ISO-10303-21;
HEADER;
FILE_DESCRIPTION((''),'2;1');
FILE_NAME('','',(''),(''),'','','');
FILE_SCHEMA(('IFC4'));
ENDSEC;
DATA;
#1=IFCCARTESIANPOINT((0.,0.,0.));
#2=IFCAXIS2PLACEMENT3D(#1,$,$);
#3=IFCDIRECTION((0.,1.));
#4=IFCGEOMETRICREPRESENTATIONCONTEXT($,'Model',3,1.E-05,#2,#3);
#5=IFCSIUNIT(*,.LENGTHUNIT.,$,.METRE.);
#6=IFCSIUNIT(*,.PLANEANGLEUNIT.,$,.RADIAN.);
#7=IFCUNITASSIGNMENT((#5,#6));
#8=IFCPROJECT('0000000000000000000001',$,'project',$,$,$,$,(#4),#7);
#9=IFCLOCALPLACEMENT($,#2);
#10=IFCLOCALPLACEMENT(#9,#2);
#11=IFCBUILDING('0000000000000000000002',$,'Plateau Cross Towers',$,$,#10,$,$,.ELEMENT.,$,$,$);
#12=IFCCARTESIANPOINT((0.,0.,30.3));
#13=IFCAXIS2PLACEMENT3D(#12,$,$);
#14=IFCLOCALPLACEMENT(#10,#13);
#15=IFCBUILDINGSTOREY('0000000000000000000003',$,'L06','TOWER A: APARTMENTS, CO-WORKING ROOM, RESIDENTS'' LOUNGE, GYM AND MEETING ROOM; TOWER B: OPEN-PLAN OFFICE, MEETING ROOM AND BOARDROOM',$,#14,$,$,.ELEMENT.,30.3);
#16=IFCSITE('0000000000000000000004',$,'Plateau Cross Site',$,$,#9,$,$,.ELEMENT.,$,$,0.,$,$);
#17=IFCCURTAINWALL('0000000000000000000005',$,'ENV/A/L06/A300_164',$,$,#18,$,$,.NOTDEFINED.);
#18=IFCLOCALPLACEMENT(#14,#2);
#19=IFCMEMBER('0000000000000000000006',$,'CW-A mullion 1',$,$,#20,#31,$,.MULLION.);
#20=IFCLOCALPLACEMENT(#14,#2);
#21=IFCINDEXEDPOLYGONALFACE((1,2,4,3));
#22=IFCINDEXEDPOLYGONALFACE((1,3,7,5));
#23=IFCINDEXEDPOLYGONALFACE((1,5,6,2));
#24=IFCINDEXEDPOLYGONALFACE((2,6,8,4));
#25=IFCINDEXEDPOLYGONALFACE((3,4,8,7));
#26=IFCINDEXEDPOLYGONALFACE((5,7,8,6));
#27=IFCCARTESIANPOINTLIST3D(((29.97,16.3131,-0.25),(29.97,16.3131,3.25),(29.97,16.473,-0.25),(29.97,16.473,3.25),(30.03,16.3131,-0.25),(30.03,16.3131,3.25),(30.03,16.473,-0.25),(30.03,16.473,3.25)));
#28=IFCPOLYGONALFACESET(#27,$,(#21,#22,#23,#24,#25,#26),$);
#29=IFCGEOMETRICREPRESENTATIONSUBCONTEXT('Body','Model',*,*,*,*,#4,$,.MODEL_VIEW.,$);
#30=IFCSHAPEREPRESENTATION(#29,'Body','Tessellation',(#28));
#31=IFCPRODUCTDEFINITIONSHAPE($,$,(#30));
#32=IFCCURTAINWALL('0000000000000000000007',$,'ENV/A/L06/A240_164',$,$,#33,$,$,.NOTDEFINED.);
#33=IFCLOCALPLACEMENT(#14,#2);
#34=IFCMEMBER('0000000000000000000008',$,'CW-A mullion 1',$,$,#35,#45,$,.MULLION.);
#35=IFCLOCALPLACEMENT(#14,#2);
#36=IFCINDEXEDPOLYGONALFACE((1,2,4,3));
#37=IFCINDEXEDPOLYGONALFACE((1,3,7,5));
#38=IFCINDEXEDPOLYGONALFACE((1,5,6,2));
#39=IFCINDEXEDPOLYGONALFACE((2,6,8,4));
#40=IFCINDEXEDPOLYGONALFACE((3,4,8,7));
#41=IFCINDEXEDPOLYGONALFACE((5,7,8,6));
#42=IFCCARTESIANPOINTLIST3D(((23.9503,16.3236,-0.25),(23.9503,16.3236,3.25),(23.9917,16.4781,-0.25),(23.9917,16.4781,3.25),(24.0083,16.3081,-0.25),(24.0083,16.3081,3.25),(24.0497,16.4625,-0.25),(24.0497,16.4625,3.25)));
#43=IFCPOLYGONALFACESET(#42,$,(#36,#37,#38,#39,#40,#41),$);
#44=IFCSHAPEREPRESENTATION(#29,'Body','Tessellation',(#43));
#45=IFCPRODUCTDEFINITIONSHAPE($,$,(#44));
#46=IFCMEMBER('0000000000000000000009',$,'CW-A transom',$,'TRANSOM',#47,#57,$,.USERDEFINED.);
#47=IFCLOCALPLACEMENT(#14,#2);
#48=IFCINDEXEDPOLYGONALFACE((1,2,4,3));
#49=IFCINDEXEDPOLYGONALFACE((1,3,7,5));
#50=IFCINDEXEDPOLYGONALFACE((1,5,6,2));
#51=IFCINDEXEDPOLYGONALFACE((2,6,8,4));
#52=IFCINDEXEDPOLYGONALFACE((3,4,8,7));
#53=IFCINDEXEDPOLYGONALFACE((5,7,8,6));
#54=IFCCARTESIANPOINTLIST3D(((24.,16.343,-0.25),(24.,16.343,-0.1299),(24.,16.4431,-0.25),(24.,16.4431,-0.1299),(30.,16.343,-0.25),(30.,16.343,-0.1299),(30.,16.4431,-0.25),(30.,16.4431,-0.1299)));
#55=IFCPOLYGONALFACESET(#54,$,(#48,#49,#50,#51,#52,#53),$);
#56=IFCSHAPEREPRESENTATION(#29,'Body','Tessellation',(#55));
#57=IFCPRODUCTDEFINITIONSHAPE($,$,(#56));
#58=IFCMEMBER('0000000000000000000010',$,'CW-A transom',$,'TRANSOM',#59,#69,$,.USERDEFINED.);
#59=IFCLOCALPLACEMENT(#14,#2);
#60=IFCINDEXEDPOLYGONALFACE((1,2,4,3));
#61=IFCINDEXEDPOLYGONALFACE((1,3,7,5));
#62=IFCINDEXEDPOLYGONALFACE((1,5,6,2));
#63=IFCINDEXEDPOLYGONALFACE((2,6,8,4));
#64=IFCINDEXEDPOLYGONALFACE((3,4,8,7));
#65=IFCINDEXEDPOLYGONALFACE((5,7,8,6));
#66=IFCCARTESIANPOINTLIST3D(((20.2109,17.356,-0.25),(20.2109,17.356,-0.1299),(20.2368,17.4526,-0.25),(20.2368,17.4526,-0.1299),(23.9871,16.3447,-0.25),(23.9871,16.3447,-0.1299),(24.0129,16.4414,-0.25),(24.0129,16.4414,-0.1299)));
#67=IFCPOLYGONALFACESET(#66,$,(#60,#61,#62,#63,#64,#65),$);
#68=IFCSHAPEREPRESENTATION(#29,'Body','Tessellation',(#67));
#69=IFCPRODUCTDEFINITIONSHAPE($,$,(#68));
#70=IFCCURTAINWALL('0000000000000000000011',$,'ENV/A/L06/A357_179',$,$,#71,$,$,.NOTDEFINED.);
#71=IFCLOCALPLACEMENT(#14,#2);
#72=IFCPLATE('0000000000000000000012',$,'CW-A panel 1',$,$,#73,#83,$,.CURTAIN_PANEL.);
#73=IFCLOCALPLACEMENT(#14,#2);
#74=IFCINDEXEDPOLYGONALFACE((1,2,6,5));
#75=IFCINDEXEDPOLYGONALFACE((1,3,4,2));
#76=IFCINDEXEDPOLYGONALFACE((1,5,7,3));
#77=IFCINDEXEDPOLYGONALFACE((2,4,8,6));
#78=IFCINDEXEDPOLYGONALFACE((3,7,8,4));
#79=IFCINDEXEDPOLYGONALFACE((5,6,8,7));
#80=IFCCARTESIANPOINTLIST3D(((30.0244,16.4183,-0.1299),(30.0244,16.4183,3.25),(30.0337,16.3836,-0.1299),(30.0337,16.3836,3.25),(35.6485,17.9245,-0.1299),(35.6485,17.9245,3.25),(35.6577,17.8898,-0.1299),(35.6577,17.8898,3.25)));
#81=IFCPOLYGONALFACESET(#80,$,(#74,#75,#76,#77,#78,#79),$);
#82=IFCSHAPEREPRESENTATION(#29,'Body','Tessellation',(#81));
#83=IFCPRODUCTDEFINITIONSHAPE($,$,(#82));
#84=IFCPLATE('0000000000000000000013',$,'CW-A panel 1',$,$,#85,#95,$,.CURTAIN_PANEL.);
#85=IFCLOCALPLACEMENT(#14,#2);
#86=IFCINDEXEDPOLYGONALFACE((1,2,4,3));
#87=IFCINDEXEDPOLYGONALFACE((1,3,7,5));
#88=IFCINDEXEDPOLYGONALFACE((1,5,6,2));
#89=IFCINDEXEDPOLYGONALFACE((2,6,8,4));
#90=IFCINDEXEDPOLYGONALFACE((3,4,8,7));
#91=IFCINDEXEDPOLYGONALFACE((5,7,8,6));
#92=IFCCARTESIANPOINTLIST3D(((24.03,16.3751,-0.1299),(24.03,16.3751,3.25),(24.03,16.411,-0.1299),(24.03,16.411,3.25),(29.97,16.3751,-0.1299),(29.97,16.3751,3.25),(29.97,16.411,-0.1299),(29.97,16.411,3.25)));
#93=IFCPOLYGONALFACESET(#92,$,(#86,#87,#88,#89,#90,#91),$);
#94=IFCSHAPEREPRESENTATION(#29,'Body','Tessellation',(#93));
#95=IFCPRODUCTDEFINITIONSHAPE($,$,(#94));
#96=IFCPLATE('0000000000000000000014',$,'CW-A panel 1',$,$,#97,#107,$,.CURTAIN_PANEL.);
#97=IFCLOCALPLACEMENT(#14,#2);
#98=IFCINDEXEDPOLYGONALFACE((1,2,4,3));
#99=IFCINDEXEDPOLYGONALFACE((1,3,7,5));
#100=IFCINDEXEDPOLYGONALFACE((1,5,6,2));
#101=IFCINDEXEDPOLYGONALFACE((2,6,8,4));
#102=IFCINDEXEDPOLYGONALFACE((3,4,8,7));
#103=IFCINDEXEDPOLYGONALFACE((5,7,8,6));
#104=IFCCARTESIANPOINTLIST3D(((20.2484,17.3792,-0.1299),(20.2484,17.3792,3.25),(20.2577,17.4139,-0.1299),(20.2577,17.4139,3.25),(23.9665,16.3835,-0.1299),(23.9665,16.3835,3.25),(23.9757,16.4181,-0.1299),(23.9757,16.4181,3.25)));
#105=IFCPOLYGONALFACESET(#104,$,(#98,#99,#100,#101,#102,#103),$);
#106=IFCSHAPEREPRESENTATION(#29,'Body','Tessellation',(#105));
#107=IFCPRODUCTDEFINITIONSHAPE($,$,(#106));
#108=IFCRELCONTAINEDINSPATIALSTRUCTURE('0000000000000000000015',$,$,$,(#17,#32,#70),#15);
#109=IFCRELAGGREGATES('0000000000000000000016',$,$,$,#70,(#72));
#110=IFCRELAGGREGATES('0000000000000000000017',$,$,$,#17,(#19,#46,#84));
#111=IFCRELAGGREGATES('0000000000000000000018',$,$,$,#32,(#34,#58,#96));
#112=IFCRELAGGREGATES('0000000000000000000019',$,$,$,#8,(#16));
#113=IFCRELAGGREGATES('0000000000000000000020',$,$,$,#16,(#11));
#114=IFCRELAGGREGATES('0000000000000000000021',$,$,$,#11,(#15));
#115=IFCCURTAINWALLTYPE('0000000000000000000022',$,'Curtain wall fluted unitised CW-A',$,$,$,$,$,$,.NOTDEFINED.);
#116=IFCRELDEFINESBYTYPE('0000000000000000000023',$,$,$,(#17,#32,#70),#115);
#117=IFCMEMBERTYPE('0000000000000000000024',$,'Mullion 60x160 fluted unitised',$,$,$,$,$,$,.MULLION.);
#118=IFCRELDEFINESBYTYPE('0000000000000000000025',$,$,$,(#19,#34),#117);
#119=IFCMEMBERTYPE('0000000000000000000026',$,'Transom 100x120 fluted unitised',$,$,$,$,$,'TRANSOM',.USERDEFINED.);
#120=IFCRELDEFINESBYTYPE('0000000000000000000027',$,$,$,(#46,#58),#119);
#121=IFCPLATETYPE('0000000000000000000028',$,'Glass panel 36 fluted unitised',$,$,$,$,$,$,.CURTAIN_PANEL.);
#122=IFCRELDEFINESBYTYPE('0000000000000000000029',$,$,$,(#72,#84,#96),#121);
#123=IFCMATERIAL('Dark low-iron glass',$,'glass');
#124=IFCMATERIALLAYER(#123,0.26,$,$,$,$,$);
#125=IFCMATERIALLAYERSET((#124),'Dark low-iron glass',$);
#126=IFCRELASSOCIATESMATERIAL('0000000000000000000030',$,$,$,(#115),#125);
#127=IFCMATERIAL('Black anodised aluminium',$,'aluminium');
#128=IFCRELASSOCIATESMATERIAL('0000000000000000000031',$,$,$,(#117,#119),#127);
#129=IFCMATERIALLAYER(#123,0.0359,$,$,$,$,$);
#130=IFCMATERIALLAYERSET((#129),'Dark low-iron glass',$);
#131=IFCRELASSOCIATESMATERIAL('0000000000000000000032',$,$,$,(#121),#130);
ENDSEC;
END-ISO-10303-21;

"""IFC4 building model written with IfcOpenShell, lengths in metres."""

from ifc_helpers import new_model, si_unit, direction, frame, origin, origin_2d, place, context, subcontext, project, spatial, rectangle, extrude, material, layer, layer_set, material_profile, profile_set, type_object, element, aggregate, save


model = new_model("IFC4")

# Units and contexts
model_context = context("Model", 3, precision=1e-05, world=origin(), true_north=direction((0.0, 1.0)))
body_context = subcontext(model_context, "Body", "Model", "MODEL_VIEW")
ifc_project = project(units=[si_unit("LENGTHUNIT", "METRE"), si_unit("PLANEANGLEUNIT", "RADIAN")], contexts=[model_context])

# Site, building, storey
site_placement = place(None, origin())
site = spatial("IfcSite", under=ifc_project, at=site_placement, Name="Plateau Cross Site", CompositionType="ELEMENT", RefElevation=0.0)
building_placement = place(site_placement, origin())
building = spatial("IfcBuilding", under=site, at=building_placement, Name="Plateau Cross Towers", CompositionType="ELEMENT")
storey_placement = place(building_placement, frame((0.0, 0.0, 30.3)))
storey = spatial("IfcBuildingStorey", under=building, at=storey_placement, Name="L06", Description="TOWER A: APARTMENTS, CO-WORKING ROOM, RESIDENTS' LOUNGE, GYM AND MEETING ROOM; TOWER B: OPEN-PLAN OFFICE, MEETING ROOM AND BOARDROOM", CompositionType="ELEMENT", Elevation=30.3)

# Curtain walls, members
ifc_material_1 = material(Name="Dark low-iron glass", Category="glass")
ifc_layer_1 = layer(ifc_material_1, 0.26)
ifc_layer_set_1 = layer_set([ifc_layer_1], Name="Dark low-iron glass")
curtain_wall_type = type_object("IfcCurtainWallType", Name="Curtain wall fluted unitised CW-A", PredefinedType="NOTDEFINED", material=ifc_layer_set_1)
curtain_wall_1_placement = place(storey_placement, origin())
curtain_wall_1 = element("IfcCurtainWall", 1, at=curtain_wall_1_placement, inside=storey, type_object=curtain_wall_type, Name="ENV/A/L06/A300_164", PredefinedType="NOTDEFINED")
ifc_material_2 = material(Name="Black anodised aluminium", Category="aluminium")
ifc_material_profile_1 = material_profile(ifc_material_2, rectangle(XDim=0.0601, YDim=0.1599, at=origin_2d()), Name="MULLION 60x160")
ifc_profile_set_1 = profile_set([ifc_material_profile_1], Name="Black anodised aluminium")
member_type_1 = type_object("IfcMemberType", Name="Mullion 60x160 fluted unitised", PredefinedType="MULLION", material=ifc_profile_set_1)
member_1_placement = place(storey_placement, frame((30.0, 16.3931, -0.25), z_axis=(0.0, 0.0, 1.0), x_axis=(-1.0, 0.0, 0.0)))
member_1 = element("IfcMember", 2, at=member_1_placement, type_object=member_type_1, Name="CW-A mullion 1", PredefinedType="MULLION", context=body_context, shape_type="SweptSolid", body=[
    extrude(rectangle(XDim=0.0601, YDim=0.1599, at=origin_2d()), origin(), (0.0, 0.0, 1.0), 3.5),
])
curtain_wall_2_placement = place(storey_placement, origin())
curtain_wall_2 = element("IfcCurtainWall", 3, at=curtain_wall_2_placement, inside=storey, type_object=curtain_wall_type, Name="ENV/A/L06/A240_164", PredefinedType="NOTDEFINED")
member_2_placement = place(storey_placement, frame((24.0, 16.3931, -0.25), z_axis=(0.0, 0.0, 1.0), x_axis=(-0.965958, 0.258699, 0.0)))
member_2 = element("IfcMember", 4, at=member_2_placement, type_object=member_type_1, Name="CW-A mullion 1", PredefinedType="MULLION", context=body_context, shape_type="SweptSolid", body=[
    extrude(rectangle(XDim=0.0601, YDim=0.1599, at=origin_2d()), origin(), (0.0, 0.0, 1.0), 3.5),
])

# Members
ifc_material_profile_2 = material_profile(ifc_material_2, rectangle(XDim=0.1001, YDim=0.1201, at=origin_2d()), Name="TRANSOM 100x120")
ifc_profile_set_2 = profile_set([ifc_material_profile_2], Name="Black anodised aluminium")
member_type_2 = type_object("IfcMemberType", Name="Transom 100x120 fluted unitised", ElementType="TRANSOM", PredefinedType="USERDEFINED", material=ifc_profile_set_2)
member_3_placement = place(storey_placement, frame((30.0, 16.3931, -0.1899), z_axis=(-1.0, 0.0, 0.0), x_axis=(0.0, -1.0, 0.0)))
member_3 = element("IfcMember", 5, at=member_3_placement, type_object=member_type_2, Name="CW-A transom", ObjectType="TRANSOM", PredefinedType="USERDEFINED", context=body_context, shape_type="SweptSolid", body=[
    extrude(rectangle(XDim=0.1001, YDim=0.1201, at=origin_2d()), origin(), (0.0, 0.0, 1.0), 6.0),
])
member_4_placement = place(storey_placement, frame((24.0, 16.3931, -0.1899), z_axis=(-0.965963, 0.258681, 0.0), x_axis=(-0.258681, -0.965963, 0.0)))
member_4 = element("IfcMember", 6, at=member_4_placement, type_object=member_type_2, Name="CW-A transom", ObjectType="TRANSOM", PredefinedType="USERDEFINED", context=body_context, shape_type="SweptSolid", body=[
    extrude(rectangle(XDim=0.1001, YDim=0.1201, at=origin_2d()), origin(), (0.0, 0.0, 1.0), 3.9092),
])

# Curtain wall, plate
curtain_wall_3_placement = place(storey_placement, origin())
curtain_wall_3 = element("IfcCurtainWall", 7, at=curtain_wall_3_placement, inside=storey, type_object=curtain_wall_type, Name="ENV/A/L06/A357_179", PredefinedType="NOTDEFINED")
ifc_layer_2 = layer(ifc_material_1, 0.0359)
ifc_layer_set_2 = layer_set([ifc_layer_2], Name="Dark low-iron glass")
plate_type = type_object("IfcPlateType", Name="Glass panel 36 fluted unitised", PredefinedType="CURTAIN_PANEL", material=ifc_layer_set_2)
plate_1_placement = place(storey_placement, frame((32.8411, 17.1541, -0.1299), z_axis=(0.0, 0.0, 1.0), x_axis=(-0.965958, -0.258699, 0.0)))
plate_1 = element("IfcPlate", 8, at=plate_1_placement, type_object=plate_type, Name="CW-A panel 1", PredefinedType="CURTAIN_PANEL", context=body_context, shape_type="SweptSolid", body=[
    extrude(rectangle(XDim=5.8223, YDim=0.0359, at=origin_2d()), origin(), (0.0, 0.0, 1.0), 3.3799),
])
aggregate(curtain_wall_3, [plate_1])

# Plates
plate_2_placement = place(storey_placement, frame((27.0, 16.3931, -0.1299), z_axis=(0.0, 0.0, 1.0), x_axis=(-1.0, 0.0, 0.0)))
plate_2 = element("IfcPlate", 9, at=plate_2_placement, type_object=plate_type, Name="CW-A panel 1", PredefinedType="CURTAIN_PANEL", context=body_context, shape_type="SweptSolid", body=[
    extrude(rectangle(XDim=5.9399, YDim=0.0359, at=origin_2d()), origin(), (0.0, 0.0, 1.0), 3.3799),
])
aggregate(curtain_wall_1, [member_1, member_3, plate_2])
plate_3_placement = place(storey_placement, frame((22.1121, 16.8987, -0.1299), z_axis=(0.0, 0.0, 1.0), x_axis=(-0.965958, 0.258699, 0.0)))
plate_3 = element("IfcPlate", 10, at=plate_3_placement, type_object=plate_type, Name="CW-A panel 1", PredefinedType="CURTAIN_PANEL", context=body_context, shape_type="SweptSolid", body=[
    extrude(rectangle(XDim=3.8491, YDim=0.0359, at=origin_2d()), origin(), (0.0, 0.0, 1.0), 3.3799),
])
aggregate(curtain_wall_2, [member_2, member_4, plate_3])

save(model, "model.ifc")
